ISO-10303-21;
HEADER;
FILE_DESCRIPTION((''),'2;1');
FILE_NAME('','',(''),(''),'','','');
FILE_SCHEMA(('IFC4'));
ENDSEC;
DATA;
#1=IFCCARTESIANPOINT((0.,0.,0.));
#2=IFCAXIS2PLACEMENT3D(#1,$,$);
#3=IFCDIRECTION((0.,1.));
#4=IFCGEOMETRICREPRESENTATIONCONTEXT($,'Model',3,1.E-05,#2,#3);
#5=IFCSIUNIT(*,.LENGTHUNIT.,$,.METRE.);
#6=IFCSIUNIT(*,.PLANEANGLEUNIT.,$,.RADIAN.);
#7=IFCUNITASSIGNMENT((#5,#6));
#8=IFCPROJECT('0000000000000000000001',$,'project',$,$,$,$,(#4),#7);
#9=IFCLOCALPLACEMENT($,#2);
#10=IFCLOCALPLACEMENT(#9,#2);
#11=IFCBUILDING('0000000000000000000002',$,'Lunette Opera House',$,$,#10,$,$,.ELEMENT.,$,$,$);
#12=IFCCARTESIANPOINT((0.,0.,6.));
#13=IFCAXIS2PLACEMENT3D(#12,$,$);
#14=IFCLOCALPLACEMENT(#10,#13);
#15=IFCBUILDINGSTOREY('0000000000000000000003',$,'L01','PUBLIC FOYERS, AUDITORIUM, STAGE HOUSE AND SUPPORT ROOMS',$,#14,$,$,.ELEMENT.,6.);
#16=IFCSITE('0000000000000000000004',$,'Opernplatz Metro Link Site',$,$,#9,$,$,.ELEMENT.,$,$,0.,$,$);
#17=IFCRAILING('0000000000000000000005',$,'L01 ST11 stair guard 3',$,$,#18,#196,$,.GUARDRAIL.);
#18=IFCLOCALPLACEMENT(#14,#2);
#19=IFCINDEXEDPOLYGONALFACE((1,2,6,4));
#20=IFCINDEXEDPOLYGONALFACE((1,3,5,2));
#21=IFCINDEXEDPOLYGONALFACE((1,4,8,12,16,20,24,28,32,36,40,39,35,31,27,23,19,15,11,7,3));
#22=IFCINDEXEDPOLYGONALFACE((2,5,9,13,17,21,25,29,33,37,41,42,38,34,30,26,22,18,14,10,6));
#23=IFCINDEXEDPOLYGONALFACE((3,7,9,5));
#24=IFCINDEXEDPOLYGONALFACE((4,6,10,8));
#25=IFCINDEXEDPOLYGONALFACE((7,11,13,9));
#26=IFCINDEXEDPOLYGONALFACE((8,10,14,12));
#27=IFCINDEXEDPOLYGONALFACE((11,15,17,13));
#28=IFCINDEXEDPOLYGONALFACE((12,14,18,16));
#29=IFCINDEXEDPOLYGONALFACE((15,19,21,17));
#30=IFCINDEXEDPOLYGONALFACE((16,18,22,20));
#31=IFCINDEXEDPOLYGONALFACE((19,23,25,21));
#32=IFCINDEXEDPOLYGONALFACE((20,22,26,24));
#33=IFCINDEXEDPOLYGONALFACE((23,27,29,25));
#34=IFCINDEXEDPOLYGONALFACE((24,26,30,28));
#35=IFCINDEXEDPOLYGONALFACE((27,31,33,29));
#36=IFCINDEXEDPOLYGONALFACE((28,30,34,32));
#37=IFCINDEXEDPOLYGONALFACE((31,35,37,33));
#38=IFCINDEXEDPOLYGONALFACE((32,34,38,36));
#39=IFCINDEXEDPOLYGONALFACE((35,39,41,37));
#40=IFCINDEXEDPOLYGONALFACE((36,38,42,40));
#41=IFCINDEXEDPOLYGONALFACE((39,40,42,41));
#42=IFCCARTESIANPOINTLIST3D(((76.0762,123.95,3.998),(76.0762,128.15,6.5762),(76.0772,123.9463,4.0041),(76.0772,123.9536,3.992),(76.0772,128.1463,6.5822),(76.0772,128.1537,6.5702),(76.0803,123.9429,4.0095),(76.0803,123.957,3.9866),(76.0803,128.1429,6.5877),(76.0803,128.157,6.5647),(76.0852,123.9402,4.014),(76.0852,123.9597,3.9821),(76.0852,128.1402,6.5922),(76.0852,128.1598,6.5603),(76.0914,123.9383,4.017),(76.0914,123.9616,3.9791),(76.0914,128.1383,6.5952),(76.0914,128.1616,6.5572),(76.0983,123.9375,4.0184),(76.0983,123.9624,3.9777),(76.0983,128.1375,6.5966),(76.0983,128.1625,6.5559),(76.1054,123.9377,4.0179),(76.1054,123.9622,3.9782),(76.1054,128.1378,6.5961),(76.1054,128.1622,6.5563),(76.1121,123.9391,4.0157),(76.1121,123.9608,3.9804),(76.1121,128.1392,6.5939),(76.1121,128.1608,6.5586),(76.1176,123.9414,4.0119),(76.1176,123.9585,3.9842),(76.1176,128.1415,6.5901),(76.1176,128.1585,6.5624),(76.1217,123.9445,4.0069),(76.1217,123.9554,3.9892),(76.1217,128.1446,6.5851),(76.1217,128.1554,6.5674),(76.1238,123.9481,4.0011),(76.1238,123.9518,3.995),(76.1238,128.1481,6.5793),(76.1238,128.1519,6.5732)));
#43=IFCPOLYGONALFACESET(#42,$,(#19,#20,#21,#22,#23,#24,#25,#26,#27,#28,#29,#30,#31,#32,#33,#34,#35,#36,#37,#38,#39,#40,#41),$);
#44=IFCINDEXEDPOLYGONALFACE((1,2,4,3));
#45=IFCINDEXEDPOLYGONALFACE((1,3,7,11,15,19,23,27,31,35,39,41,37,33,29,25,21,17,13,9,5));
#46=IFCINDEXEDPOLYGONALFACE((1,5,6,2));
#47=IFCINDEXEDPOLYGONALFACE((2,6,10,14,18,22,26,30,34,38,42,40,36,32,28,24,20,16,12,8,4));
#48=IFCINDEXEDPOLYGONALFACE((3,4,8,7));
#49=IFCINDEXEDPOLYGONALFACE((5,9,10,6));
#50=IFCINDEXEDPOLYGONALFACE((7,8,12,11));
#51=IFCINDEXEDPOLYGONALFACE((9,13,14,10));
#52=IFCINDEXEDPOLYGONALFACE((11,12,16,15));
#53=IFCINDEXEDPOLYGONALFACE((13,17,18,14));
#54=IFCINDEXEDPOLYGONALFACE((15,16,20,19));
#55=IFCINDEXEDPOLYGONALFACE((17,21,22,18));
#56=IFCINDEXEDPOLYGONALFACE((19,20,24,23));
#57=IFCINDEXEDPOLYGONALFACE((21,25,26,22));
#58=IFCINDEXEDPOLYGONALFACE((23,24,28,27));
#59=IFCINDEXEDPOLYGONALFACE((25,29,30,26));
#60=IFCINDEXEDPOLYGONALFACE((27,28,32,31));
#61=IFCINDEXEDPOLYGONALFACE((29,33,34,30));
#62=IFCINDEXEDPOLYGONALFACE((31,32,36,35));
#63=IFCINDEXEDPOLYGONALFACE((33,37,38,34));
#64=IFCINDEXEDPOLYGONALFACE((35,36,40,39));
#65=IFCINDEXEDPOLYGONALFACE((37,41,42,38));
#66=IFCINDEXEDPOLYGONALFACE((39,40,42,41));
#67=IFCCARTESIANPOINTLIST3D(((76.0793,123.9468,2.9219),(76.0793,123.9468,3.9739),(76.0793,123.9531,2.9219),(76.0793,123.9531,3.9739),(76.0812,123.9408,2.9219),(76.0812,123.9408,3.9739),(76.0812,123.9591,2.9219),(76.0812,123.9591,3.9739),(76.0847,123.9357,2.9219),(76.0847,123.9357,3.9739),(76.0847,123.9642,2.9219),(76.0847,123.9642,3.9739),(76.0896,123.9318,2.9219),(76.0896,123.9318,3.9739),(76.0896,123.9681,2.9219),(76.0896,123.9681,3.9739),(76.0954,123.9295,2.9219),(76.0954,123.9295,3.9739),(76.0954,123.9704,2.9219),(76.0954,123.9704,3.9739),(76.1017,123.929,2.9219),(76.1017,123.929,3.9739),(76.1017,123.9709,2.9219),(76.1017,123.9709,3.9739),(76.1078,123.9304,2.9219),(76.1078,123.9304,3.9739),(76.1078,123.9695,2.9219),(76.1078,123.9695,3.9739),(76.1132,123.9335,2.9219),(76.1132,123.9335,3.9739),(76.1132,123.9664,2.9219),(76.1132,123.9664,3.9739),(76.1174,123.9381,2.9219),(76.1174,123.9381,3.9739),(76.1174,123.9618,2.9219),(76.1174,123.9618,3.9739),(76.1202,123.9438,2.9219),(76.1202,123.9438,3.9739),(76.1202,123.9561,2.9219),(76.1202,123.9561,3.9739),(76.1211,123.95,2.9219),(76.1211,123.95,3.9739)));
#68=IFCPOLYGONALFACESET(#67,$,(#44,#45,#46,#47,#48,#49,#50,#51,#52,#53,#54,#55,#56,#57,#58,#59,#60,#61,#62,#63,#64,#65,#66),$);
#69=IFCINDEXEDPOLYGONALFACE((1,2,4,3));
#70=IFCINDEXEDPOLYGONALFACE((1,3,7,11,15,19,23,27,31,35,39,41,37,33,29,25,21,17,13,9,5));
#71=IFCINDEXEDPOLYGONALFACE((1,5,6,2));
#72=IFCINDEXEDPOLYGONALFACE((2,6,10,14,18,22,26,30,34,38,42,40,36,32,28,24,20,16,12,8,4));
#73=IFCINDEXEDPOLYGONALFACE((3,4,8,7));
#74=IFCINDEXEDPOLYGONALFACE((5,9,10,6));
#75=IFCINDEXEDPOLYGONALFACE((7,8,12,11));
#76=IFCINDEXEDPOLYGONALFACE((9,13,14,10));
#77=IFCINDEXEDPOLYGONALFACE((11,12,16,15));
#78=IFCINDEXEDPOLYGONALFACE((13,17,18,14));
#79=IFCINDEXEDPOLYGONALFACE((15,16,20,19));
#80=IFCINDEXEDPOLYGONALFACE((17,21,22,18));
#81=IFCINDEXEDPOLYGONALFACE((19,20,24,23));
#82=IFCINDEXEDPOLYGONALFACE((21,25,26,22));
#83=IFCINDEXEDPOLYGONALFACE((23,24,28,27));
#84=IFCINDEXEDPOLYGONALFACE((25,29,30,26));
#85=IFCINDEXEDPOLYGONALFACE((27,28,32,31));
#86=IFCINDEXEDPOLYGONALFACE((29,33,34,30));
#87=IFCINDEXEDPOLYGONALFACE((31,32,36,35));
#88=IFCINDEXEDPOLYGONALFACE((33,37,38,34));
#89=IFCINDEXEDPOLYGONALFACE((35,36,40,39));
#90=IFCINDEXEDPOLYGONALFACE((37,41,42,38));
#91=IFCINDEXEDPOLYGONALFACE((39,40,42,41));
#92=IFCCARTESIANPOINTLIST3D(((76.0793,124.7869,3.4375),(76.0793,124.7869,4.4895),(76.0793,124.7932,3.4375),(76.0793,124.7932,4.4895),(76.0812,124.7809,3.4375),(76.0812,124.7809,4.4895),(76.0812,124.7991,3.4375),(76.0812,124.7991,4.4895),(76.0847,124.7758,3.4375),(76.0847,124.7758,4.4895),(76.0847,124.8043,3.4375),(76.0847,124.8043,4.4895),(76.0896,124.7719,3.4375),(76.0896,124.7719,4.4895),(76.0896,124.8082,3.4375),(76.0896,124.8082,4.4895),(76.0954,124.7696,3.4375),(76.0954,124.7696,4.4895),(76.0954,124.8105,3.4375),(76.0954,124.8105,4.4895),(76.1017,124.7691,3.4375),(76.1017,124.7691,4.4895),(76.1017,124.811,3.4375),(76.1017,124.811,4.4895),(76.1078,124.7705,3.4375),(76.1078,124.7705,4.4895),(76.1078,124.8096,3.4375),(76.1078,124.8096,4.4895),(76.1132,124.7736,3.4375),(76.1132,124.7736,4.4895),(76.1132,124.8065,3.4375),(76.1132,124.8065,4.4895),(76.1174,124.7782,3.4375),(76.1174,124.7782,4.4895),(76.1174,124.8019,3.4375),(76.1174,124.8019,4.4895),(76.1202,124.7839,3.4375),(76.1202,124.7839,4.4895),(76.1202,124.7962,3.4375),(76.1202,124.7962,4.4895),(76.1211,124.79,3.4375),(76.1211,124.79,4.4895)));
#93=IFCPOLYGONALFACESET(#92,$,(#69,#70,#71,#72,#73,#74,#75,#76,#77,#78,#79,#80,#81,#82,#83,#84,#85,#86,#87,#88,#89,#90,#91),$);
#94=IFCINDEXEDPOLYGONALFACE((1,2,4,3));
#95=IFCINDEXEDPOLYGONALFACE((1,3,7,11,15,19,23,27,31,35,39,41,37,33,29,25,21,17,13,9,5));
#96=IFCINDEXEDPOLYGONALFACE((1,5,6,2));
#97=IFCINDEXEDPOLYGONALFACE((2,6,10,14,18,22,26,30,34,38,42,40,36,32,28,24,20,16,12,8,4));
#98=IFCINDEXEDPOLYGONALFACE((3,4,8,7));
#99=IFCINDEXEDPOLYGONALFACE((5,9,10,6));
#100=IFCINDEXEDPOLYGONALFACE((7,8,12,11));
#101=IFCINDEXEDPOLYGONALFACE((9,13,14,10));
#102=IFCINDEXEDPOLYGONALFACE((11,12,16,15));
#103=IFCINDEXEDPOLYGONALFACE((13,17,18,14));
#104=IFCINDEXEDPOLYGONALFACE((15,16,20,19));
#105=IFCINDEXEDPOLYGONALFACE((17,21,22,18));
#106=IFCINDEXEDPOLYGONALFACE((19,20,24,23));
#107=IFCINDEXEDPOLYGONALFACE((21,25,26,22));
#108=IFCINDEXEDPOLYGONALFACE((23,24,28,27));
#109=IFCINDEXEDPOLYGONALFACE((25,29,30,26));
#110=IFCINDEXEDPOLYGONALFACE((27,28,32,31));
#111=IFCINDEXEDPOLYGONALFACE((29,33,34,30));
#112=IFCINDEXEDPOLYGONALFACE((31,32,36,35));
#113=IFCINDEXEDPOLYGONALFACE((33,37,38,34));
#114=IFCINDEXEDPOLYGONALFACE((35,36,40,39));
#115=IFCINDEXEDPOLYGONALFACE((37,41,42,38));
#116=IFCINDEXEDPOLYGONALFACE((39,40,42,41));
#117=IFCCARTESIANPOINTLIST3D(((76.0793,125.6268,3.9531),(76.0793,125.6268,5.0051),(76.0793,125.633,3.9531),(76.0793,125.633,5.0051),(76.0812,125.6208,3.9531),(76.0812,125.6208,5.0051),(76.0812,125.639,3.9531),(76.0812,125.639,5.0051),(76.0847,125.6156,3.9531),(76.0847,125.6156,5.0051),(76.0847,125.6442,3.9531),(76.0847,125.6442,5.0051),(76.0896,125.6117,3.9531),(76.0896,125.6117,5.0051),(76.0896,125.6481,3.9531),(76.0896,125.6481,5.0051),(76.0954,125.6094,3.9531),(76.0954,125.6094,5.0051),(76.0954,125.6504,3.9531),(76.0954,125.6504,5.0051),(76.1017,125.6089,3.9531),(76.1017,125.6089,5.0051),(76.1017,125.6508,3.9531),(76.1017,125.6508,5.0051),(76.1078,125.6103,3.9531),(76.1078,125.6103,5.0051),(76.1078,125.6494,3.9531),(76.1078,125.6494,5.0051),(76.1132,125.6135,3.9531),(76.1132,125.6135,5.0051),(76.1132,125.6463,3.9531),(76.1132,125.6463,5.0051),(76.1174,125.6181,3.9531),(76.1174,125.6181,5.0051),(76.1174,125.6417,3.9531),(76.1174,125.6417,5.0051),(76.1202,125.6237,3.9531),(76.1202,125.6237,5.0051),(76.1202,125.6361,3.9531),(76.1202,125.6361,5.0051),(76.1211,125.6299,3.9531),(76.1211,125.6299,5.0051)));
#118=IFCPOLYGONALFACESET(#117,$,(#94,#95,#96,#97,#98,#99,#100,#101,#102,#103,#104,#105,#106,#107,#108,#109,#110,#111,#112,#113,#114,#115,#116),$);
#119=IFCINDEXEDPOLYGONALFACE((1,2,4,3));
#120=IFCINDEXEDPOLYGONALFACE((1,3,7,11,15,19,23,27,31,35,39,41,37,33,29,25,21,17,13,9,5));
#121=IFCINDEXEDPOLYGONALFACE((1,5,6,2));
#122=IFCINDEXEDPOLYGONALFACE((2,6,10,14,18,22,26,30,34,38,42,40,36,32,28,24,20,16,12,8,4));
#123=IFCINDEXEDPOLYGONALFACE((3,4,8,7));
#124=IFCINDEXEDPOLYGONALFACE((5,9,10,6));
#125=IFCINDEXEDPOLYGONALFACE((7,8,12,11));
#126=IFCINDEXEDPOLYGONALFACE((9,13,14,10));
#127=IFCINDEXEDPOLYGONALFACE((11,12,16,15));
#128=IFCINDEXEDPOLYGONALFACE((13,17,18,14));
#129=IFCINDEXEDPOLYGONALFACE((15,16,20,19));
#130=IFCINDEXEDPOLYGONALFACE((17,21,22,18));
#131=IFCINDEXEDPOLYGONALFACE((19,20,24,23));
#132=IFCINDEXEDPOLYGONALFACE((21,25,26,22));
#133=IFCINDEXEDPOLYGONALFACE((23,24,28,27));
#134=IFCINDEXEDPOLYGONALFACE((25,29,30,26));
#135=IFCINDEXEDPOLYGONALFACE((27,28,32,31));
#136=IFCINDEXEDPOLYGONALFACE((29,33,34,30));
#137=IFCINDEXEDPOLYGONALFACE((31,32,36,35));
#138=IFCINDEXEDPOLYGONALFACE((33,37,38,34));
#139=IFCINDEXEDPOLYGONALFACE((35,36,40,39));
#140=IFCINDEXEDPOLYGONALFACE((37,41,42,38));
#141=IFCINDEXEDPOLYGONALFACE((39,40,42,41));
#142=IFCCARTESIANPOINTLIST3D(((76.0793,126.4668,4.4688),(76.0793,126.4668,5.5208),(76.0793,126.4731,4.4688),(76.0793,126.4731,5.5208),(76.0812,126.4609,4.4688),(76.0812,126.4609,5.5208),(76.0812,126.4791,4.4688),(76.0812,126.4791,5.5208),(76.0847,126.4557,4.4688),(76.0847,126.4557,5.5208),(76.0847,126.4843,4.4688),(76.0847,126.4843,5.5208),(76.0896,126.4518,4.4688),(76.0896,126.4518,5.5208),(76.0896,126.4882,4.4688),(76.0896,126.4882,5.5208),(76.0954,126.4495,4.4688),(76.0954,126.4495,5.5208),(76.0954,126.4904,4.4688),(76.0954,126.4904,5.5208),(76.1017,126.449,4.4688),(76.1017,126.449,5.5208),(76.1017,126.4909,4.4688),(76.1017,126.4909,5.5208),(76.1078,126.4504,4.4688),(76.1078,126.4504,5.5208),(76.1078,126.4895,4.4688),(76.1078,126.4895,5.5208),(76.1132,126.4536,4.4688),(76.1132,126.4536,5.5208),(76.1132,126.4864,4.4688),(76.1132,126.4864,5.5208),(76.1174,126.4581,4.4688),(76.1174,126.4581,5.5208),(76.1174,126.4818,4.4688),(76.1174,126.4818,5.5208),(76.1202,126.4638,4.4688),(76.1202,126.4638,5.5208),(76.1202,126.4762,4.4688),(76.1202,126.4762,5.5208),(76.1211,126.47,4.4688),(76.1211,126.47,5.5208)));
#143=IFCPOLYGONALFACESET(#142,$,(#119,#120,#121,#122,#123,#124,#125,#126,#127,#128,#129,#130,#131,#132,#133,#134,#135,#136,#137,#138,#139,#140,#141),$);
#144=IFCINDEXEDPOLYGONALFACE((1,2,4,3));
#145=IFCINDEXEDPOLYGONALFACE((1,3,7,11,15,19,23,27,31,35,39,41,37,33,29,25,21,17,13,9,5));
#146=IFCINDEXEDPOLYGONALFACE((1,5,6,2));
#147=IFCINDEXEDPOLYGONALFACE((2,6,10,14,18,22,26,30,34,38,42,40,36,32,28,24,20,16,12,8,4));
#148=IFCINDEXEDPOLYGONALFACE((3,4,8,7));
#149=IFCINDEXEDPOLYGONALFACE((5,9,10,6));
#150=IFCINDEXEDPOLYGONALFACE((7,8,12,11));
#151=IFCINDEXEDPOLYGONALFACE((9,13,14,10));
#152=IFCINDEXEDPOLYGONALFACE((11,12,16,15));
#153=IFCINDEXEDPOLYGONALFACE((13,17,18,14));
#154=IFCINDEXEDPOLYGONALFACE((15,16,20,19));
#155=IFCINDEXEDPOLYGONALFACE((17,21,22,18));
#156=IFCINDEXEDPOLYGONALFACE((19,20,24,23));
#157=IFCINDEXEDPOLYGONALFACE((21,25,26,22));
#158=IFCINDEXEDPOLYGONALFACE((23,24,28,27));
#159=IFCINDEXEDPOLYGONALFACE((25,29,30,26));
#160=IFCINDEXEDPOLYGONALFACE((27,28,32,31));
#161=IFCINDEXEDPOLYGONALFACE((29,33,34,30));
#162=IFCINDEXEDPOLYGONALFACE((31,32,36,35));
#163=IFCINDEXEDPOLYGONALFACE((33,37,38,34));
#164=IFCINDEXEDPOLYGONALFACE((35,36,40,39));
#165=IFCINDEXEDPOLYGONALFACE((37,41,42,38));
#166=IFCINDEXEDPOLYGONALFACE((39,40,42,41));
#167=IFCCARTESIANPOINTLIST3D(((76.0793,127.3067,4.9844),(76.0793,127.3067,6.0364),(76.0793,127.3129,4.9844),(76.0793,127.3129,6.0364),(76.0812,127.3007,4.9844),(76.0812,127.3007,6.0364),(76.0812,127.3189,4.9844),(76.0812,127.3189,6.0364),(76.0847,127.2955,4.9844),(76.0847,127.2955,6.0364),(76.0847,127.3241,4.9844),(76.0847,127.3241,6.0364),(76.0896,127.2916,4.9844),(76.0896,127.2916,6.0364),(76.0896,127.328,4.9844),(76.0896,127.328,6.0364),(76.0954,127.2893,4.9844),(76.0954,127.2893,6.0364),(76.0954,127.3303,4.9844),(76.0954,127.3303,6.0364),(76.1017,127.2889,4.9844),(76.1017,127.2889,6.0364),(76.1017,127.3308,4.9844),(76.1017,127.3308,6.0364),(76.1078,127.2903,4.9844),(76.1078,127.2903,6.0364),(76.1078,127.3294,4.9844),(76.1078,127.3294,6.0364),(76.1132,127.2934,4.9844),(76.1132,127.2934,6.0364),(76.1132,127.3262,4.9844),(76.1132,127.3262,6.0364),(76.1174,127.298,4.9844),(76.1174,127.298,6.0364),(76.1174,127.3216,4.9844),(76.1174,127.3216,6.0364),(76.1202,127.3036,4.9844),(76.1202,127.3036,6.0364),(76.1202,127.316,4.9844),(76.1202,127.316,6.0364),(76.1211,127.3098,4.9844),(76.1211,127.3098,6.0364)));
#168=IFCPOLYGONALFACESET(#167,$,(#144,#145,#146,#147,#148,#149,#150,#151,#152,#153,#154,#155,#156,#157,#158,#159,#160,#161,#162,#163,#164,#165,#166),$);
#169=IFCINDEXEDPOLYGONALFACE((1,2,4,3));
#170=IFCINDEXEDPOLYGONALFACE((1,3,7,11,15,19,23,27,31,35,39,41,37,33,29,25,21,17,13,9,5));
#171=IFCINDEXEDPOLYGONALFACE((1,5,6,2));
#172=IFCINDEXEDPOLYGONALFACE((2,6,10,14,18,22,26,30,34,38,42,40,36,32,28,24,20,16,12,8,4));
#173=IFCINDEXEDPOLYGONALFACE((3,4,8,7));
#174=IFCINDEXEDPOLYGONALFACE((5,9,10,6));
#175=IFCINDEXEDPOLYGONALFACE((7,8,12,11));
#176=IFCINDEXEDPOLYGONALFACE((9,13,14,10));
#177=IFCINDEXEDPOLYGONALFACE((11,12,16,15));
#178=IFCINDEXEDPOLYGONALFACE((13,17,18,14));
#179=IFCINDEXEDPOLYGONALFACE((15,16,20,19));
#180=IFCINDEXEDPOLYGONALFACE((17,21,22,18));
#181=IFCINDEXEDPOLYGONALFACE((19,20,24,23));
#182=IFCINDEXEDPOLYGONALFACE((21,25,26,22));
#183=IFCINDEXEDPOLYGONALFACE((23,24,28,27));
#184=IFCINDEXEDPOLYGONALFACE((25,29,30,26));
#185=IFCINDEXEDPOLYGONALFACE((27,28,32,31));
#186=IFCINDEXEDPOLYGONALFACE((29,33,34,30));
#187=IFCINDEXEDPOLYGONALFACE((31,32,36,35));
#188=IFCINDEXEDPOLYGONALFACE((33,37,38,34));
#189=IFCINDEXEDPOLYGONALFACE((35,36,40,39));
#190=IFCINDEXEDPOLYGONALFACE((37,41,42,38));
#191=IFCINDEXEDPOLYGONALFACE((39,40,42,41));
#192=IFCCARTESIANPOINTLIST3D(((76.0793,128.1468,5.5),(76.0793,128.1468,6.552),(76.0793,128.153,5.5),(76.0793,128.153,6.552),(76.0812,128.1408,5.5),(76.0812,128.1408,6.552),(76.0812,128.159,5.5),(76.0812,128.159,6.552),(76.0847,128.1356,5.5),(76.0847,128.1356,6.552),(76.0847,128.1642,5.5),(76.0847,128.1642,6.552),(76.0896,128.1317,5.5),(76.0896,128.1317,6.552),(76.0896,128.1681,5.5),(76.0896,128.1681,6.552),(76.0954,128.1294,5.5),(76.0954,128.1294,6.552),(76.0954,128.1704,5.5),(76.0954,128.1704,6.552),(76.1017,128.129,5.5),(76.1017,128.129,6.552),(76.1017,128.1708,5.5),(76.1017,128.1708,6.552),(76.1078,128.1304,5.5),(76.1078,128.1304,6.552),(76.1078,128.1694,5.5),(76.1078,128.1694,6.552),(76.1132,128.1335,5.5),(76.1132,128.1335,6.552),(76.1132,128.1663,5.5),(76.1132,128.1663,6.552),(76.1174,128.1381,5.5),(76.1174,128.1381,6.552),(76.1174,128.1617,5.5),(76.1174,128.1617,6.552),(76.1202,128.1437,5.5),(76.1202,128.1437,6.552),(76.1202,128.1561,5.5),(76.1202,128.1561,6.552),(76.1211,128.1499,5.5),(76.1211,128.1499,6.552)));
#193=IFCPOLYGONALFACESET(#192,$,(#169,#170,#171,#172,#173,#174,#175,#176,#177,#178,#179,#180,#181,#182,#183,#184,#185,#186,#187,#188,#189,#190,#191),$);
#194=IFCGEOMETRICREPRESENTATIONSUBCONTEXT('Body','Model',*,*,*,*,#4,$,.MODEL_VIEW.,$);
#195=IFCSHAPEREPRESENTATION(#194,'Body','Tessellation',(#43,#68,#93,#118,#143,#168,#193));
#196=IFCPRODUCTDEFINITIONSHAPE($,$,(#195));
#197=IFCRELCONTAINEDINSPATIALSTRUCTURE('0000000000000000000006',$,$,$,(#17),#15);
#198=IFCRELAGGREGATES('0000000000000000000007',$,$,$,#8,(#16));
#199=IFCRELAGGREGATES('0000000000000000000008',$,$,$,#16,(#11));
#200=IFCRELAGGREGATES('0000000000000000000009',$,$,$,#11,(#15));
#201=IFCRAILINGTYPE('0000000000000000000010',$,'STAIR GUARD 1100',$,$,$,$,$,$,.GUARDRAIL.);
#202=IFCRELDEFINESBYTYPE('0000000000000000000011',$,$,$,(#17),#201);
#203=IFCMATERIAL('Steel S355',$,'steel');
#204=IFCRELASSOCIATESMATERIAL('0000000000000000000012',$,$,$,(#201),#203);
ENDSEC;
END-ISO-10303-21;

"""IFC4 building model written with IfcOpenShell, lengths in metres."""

from ifc_helpers import new_model, si_unit, direction, frame, origin, origin_2d, place, context, subcontext, project, spatial, circle, extrude, material, type_object, element, save


model = new_model("IFC4")

# Units and contexts
model_context = context("Model", 3, precision=1e-05, world=origin(), true_north=direction((0.0, 1.0)))
body_context = subcontext(model_context, "Body", "Model", "MODEL_VIEW")
ifc_project = project(units=[si_unit("LENGTHUNIT", "METRE"), si_unit("PLANEANGLEUNIT", "RADIAN")], contexts=[model_context])

# Site, building, storey
site_placement = place(None, origin())
site = spatial("IfcSite", under=ifc_project, at=site_placement, Name="Opernplatz Metro Link Site", CompositionType="ELEMENT", RefElevation=0.0)
building_placement = place(site_placement, origin())
building = spatial("IfcBuilding", under=site, at=building_placement, Name="Lunette Opera House", CompositionType="ELEMENT")
storey_placement = place(building_placement, frame((0.0, 0.0, 6.0)))
storey = spatial("IfcBuildingStorey", under=building, at=storey_placement, Name="L01", Description="PUBLIC FOYERS, AUDITORIUM, STAGE HOUSE AND SUPPORT ROOMS", CompositionType="ELEMENT", Elevation=6.0)

# Railing
ifc_material_1 = material(Name="Steel S355", Category="steel")
railing_type_1 = type_object("IfcRailingType", Name="STAIR GUARD 1100", PredefinedType="GUARDRAIL", material=ifc_material_1)
railing_1_placement = place(storey_placement, frame((76.1001, 123.95, 2.9219)))
element("IfcRailing", 1, at=railing_1_placement, inside=storey, type_object=railing_type_1, Name="L01 ST11 stair guard 3", PredefinedType="GUARDRAIL", context=body_context, shape_type="SweptSolid", body=[
    extrude(circle(Radius=0.0239, at=origin_2d()), frame((0.0, 0.0, 1.0762), z_axis=(0.0, 0.852243, 0.523146), x_axis=(-1.0, 0.0, 0.0)), (0.0, 0.0, 1.0), 4.9282),
    extrude(circle(Radius=0.021, at=origin_2d()), origin(), (0.0, 0.0, 1.0), 1.052),
    extrude(circle(Radius=0.021, at=origin_2d()), frame((0.0, 0.8401, 0.5156)), (0.0, 0.0, 1.0), 1.052),
    extrude(circle(Radius=0.021, at=origin_2d()), frame((0.0, 1.6799, 1.0312)), (0.0, 0.0, 1.0), 1.052),
    extrude(circle(Radius=0.021, at=origin_2d()), frame((0.0, 2.52, 1.5469)), (0.0, 0.0, 1.0), 1.052),
    extrude(circle(Radius=0.021, at=origin_2d()), frame((0.0, 3.3599, 2.0625)), (0.0, 0.0, 1.0), 1.052),
    extrude(circle(Radius=0.021, at=origin_2d()), frame((0.0, 4.2, 2.5781)), (0.0, 0.0, 1.0), 1.052),
])

save(model, "model.ifc")
